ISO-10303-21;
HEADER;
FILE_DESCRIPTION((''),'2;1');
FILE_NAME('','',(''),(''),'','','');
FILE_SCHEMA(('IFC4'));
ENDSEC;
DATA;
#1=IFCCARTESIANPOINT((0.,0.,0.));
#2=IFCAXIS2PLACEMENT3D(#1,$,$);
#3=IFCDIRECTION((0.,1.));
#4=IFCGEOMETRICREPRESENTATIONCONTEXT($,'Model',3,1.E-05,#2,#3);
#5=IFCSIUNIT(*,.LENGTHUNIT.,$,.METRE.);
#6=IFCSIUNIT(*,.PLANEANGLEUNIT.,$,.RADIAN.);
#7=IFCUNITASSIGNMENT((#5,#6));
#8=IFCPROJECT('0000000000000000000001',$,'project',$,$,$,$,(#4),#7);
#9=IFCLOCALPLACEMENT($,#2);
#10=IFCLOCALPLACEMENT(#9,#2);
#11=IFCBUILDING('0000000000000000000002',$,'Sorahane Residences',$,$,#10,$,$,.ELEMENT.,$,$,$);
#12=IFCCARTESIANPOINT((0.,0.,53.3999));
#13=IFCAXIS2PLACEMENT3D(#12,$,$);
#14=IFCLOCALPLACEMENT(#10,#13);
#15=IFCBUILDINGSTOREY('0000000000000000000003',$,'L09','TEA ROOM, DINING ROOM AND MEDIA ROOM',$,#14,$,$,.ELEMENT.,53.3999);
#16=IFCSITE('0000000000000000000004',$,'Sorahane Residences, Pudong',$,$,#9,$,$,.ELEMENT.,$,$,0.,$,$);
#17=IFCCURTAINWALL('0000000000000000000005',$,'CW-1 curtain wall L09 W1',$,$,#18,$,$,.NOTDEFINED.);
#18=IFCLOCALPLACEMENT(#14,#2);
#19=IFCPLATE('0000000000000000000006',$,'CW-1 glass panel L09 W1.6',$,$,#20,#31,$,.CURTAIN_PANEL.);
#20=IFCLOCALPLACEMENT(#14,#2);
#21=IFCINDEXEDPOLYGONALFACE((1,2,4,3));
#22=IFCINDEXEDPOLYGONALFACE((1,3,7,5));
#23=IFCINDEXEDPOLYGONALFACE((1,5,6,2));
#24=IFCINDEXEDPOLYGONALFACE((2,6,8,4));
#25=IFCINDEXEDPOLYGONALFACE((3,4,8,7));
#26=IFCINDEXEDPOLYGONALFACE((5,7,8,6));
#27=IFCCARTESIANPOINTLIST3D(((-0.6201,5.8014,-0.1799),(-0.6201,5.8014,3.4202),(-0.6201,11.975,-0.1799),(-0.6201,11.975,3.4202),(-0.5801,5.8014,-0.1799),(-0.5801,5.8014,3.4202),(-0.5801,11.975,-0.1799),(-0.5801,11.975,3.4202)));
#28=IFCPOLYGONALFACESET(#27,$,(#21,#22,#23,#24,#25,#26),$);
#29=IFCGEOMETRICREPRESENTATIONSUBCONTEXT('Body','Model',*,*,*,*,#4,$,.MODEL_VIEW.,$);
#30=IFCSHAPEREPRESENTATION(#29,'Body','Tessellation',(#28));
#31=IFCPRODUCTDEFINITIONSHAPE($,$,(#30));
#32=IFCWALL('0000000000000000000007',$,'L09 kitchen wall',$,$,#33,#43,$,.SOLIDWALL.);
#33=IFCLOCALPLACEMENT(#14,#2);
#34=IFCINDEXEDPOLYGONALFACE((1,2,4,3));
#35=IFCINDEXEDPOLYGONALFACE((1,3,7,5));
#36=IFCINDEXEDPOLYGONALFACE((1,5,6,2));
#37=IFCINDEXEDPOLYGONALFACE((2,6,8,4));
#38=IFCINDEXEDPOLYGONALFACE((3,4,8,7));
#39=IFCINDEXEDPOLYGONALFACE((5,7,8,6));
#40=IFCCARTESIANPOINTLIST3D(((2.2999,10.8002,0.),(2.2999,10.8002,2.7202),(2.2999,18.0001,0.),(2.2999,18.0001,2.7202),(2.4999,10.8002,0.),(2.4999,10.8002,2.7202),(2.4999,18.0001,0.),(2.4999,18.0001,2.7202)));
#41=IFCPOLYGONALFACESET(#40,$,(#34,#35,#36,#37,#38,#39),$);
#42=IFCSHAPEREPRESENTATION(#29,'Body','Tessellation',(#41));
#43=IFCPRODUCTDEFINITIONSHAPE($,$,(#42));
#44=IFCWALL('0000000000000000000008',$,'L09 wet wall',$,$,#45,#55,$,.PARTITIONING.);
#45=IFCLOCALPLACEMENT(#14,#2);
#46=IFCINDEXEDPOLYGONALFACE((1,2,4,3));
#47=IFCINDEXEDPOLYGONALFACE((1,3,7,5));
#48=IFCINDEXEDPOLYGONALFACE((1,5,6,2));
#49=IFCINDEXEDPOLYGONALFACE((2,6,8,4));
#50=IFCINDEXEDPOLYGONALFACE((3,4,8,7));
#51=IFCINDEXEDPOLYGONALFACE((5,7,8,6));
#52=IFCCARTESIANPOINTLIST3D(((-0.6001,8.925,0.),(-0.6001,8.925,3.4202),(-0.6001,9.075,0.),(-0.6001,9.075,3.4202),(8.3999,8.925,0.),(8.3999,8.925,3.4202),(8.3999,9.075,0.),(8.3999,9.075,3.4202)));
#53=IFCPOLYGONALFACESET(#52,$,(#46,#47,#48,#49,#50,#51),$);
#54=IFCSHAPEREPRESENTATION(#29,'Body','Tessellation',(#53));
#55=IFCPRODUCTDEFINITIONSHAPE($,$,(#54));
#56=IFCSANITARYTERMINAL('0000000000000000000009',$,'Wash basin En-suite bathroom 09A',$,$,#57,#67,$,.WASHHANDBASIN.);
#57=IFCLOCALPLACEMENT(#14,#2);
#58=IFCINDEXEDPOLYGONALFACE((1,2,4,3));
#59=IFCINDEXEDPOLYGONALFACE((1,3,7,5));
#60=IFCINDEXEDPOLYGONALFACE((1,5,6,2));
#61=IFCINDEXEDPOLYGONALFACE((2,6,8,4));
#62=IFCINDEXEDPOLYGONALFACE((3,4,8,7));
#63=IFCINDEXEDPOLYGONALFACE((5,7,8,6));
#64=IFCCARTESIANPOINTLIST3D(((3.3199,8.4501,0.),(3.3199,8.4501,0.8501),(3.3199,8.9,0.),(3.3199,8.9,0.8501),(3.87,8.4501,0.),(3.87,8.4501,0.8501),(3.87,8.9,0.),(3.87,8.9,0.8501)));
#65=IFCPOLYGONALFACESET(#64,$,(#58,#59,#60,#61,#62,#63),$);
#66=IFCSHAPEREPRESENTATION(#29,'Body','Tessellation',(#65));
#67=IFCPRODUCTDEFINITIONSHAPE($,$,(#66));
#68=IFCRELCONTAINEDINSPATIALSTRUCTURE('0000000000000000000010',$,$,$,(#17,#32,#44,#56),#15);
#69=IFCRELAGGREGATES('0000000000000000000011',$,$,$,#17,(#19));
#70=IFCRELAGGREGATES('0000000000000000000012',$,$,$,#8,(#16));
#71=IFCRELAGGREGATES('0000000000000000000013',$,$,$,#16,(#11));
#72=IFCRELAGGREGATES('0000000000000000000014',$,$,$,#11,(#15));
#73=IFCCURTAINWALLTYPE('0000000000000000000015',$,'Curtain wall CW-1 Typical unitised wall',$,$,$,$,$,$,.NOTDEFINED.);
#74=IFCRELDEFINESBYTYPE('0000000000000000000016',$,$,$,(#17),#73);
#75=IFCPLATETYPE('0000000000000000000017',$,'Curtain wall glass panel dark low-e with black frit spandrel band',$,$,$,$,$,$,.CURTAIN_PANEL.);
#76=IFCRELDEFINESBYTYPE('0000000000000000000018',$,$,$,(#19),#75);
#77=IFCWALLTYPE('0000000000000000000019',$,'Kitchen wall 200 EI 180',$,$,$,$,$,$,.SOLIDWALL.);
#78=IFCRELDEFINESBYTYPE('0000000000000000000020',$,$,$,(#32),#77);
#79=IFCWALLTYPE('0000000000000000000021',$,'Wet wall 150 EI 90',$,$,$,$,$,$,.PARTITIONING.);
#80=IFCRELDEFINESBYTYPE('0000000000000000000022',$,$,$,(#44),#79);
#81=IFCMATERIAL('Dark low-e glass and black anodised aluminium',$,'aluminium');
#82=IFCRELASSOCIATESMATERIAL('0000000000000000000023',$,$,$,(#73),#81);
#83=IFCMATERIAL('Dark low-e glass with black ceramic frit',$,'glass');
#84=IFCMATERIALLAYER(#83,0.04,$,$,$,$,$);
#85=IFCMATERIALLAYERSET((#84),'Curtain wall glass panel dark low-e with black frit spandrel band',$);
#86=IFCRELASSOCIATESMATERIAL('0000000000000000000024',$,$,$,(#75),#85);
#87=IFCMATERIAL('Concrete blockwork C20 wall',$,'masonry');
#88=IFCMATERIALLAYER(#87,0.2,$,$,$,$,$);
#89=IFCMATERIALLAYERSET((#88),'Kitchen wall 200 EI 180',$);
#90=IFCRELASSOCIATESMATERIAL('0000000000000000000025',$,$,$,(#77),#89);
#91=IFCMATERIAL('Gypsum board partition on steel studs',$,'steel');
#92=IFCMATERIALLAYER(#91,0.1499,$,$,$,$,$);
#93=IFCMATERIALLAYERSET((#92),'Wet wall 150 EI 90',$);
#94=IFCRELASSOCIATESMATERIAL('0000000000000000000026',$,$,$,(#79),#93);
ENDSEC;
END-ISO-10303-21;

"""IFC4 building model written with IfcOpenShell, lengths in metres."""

from ifc_helpers import new_model, si_unit, direction, frame, frame_2d, origin, origin_2d, place, context, subcontext, project, spatial, rectangle, extrude, material, layer, layer_set, type_object, element, aggregate, save


model = new_model("IFC4")

# Units and contexts
model_context = context("Model", 3, precision=1e-05, world=origin(), true_north=direction((0.0, 1.0)))
body_context = subcontext(model_context, "Body", "Model", "MODEL_VIEW")
ifc_project = project(units=[si_unit("LENGTHUNIT", "METRE"), si_unit("PLANEANGLEUNIT", "RADIAN")], contexts=[model_context])

# Site, building, storey
site_placement = place(None, origin())
site = spatial("IfcSite", under=ifc_project, at=site_placement, Name="Sorahane Residences, Pudong", CompositionType="ELEMENT", RefElevation=0.0)
building_placement = place(site_placement, origin())
building = spatial("IfcBuilding", under=site, at=building_placement, Name="Sorahane Residences", CompositionType="ELEMENT")
storey_placement = place(building_placement, frame((0.0, 0.0, 53.3999)))
storey = spatial("IfcBuildingStorey", under=building, at=storey_placement, Name="L09", Description="TEA ROOM, DINING ROOM AND MEDIA ROOM", CompositionType="ELEMENT", Elevation=53.3999)

# Curtain wall
ifc_material_1 = material(Name="Dark low-e glass and black anodised aluminium", Category="aluminium")
curtain_wall_type = type_object("IfcCurtainWallType", Name="Curtain wall CW-1 Typical unitised wall", PredefinedType="NOTDEFINED", material=ifc_material_1)
curtain_wall_placement = place(storey_placement, origin())
curtain_wall = element("IfcCurtainWall", 1, at=curtain_wall_placement, inside=storey, type_object=curtain_wall_type, Name="CW-1 curtain wall L09 W1", PredefinedType="NOTDEFINED")

# Plate
ifc_material_2 = material(Name="Dark low-e glass with black ceramic frit", Category="glass")
ifc_layer_1 = layer(ifc_material_2, 0.04)
ifc_layer_set_1 = layer_set([ifc_layer_1], Name="Curtain wall glass panel dark low-e with black frit spandrel band")
plate_type = type_object("IfcPlateType", Name="Curtain wall glass panel dark low-e with black frit spandrel band", PredefinedType="CURTAIN_PANEL", material=ifc_layer_set_1)
plate_1_placement = place(storey_placement, frame((-0.6001, 8.8882, -0.1799), z_axis=(0.0, 0.0, 1.0), x_axis=(0.0, -1.0, 0.0)))
plate_1 = element("IfcPlate", 2, at=plate_1_placement, type_object=plate_type, Name="CW-1 glass panel L09 W1.6", PredefinedType="CURTAIN_PANEL", context=body_context, shape_type="SweptSolid", body=[
    extrude(rectangle(XDim=6.1736, YDim=0.04, at=origin_2d()), origin(), (0.0, 0.0, 1.0), 3.6001),
])
aggregate(curtain_wall, [plate_1])

# Wall
ifc_material_3 = material(Name="Concrete blockwork C20 wall", Category="masonry")
ifc_layer_2 = layer(ifc_material_3, 0.2)
ifc_layer_set_2 = layer_set([ifc_layer_2], Name="Kitchen wall 200 EI 180")
wall_type_1 = type_object("IfcWallType", Name="Kitchen wall 200 EI 180", PredefinedType="SOLIDWALL", material=ifc_layer_set_2)
wall_1_placement = place(storey_placement, frame((2.3999, 10.8, 0.0), z_axis=(0.0, 0.0, 1.0), x_axis=(0.0, 1.0, 0.0)))
element("IfcWall", 3, at=wall_1_placement, inside=storey, type_object=wall_type_1, Name="L09 kitchen wall", PredefinedType="SOLIDWALL", context=body_context, shape_type="SweptSolid", body=[
    extrude(rectangle(XDim=7.2, YDim=0.2, at=frame_2d((3.6001, 0.0))), origin(), (0.0, 0.0, 1.0), 2.7202),
])

# Shared definitions
ifc_material_4 = material(Name="Gypsum board partition on steel studs", Category="steel")
ifc_layer_3 = layer(ifc_material_4, 0.1499)
ifc_layer_set_3 = layer_set([ifc_layer_3], Name="Wet wall 150 EI 90")
wall_type_2 = type_object("IfcWallType", Name="Wet wall 150 EI 90", PredefinedType="PARTITIONING", material=ifc_layer_set_3)

# Wall
wall_2_placement = place(storey_placement, frame((-0.6001, 9.0, 0.0), z_axis=(0.0, 0.0, 1.0), x_axis=(1.0, 0.0, 0.0)))
element("IfcWall", 4, at=wall_2_placement, inside=storey, type_object=wall_type_2, Name="L09 wet wall", PredefinedType="PARTITIONING", context=body_context, shape_type="SweptSolid", body=[
    extrude(rectangle(XDim=9.0, YDim=0.1499, at=frame_2d((4.5, 0.0))), origin(), (0.0, 0.0, 1.0), 3.4202),
])

# Sanitary terminal
sanitary_terminal_placement = place(storey_placement, frame((3.595, 8.675, 0.0), z_axis=(0.0, 0.0, 1.0), x_axis=(1.0, 0.0, 0.0)))
element("IfcSanitaryTerminal", 5, at=sanitary_terminal_placement, inside=storey, Name="Wash basin En-suite bathroom 09A", PredefinedType="WASHHANDBASIN", context=body_context, shape_type="SweptSolid", body=[
    extrude(rectangle(XDim=0.55, YDim=0.45, at=origin_2d()), origin(), (0.0, 0.0, 1.0), 0.8501),
])

save(model, "model.ifc")
